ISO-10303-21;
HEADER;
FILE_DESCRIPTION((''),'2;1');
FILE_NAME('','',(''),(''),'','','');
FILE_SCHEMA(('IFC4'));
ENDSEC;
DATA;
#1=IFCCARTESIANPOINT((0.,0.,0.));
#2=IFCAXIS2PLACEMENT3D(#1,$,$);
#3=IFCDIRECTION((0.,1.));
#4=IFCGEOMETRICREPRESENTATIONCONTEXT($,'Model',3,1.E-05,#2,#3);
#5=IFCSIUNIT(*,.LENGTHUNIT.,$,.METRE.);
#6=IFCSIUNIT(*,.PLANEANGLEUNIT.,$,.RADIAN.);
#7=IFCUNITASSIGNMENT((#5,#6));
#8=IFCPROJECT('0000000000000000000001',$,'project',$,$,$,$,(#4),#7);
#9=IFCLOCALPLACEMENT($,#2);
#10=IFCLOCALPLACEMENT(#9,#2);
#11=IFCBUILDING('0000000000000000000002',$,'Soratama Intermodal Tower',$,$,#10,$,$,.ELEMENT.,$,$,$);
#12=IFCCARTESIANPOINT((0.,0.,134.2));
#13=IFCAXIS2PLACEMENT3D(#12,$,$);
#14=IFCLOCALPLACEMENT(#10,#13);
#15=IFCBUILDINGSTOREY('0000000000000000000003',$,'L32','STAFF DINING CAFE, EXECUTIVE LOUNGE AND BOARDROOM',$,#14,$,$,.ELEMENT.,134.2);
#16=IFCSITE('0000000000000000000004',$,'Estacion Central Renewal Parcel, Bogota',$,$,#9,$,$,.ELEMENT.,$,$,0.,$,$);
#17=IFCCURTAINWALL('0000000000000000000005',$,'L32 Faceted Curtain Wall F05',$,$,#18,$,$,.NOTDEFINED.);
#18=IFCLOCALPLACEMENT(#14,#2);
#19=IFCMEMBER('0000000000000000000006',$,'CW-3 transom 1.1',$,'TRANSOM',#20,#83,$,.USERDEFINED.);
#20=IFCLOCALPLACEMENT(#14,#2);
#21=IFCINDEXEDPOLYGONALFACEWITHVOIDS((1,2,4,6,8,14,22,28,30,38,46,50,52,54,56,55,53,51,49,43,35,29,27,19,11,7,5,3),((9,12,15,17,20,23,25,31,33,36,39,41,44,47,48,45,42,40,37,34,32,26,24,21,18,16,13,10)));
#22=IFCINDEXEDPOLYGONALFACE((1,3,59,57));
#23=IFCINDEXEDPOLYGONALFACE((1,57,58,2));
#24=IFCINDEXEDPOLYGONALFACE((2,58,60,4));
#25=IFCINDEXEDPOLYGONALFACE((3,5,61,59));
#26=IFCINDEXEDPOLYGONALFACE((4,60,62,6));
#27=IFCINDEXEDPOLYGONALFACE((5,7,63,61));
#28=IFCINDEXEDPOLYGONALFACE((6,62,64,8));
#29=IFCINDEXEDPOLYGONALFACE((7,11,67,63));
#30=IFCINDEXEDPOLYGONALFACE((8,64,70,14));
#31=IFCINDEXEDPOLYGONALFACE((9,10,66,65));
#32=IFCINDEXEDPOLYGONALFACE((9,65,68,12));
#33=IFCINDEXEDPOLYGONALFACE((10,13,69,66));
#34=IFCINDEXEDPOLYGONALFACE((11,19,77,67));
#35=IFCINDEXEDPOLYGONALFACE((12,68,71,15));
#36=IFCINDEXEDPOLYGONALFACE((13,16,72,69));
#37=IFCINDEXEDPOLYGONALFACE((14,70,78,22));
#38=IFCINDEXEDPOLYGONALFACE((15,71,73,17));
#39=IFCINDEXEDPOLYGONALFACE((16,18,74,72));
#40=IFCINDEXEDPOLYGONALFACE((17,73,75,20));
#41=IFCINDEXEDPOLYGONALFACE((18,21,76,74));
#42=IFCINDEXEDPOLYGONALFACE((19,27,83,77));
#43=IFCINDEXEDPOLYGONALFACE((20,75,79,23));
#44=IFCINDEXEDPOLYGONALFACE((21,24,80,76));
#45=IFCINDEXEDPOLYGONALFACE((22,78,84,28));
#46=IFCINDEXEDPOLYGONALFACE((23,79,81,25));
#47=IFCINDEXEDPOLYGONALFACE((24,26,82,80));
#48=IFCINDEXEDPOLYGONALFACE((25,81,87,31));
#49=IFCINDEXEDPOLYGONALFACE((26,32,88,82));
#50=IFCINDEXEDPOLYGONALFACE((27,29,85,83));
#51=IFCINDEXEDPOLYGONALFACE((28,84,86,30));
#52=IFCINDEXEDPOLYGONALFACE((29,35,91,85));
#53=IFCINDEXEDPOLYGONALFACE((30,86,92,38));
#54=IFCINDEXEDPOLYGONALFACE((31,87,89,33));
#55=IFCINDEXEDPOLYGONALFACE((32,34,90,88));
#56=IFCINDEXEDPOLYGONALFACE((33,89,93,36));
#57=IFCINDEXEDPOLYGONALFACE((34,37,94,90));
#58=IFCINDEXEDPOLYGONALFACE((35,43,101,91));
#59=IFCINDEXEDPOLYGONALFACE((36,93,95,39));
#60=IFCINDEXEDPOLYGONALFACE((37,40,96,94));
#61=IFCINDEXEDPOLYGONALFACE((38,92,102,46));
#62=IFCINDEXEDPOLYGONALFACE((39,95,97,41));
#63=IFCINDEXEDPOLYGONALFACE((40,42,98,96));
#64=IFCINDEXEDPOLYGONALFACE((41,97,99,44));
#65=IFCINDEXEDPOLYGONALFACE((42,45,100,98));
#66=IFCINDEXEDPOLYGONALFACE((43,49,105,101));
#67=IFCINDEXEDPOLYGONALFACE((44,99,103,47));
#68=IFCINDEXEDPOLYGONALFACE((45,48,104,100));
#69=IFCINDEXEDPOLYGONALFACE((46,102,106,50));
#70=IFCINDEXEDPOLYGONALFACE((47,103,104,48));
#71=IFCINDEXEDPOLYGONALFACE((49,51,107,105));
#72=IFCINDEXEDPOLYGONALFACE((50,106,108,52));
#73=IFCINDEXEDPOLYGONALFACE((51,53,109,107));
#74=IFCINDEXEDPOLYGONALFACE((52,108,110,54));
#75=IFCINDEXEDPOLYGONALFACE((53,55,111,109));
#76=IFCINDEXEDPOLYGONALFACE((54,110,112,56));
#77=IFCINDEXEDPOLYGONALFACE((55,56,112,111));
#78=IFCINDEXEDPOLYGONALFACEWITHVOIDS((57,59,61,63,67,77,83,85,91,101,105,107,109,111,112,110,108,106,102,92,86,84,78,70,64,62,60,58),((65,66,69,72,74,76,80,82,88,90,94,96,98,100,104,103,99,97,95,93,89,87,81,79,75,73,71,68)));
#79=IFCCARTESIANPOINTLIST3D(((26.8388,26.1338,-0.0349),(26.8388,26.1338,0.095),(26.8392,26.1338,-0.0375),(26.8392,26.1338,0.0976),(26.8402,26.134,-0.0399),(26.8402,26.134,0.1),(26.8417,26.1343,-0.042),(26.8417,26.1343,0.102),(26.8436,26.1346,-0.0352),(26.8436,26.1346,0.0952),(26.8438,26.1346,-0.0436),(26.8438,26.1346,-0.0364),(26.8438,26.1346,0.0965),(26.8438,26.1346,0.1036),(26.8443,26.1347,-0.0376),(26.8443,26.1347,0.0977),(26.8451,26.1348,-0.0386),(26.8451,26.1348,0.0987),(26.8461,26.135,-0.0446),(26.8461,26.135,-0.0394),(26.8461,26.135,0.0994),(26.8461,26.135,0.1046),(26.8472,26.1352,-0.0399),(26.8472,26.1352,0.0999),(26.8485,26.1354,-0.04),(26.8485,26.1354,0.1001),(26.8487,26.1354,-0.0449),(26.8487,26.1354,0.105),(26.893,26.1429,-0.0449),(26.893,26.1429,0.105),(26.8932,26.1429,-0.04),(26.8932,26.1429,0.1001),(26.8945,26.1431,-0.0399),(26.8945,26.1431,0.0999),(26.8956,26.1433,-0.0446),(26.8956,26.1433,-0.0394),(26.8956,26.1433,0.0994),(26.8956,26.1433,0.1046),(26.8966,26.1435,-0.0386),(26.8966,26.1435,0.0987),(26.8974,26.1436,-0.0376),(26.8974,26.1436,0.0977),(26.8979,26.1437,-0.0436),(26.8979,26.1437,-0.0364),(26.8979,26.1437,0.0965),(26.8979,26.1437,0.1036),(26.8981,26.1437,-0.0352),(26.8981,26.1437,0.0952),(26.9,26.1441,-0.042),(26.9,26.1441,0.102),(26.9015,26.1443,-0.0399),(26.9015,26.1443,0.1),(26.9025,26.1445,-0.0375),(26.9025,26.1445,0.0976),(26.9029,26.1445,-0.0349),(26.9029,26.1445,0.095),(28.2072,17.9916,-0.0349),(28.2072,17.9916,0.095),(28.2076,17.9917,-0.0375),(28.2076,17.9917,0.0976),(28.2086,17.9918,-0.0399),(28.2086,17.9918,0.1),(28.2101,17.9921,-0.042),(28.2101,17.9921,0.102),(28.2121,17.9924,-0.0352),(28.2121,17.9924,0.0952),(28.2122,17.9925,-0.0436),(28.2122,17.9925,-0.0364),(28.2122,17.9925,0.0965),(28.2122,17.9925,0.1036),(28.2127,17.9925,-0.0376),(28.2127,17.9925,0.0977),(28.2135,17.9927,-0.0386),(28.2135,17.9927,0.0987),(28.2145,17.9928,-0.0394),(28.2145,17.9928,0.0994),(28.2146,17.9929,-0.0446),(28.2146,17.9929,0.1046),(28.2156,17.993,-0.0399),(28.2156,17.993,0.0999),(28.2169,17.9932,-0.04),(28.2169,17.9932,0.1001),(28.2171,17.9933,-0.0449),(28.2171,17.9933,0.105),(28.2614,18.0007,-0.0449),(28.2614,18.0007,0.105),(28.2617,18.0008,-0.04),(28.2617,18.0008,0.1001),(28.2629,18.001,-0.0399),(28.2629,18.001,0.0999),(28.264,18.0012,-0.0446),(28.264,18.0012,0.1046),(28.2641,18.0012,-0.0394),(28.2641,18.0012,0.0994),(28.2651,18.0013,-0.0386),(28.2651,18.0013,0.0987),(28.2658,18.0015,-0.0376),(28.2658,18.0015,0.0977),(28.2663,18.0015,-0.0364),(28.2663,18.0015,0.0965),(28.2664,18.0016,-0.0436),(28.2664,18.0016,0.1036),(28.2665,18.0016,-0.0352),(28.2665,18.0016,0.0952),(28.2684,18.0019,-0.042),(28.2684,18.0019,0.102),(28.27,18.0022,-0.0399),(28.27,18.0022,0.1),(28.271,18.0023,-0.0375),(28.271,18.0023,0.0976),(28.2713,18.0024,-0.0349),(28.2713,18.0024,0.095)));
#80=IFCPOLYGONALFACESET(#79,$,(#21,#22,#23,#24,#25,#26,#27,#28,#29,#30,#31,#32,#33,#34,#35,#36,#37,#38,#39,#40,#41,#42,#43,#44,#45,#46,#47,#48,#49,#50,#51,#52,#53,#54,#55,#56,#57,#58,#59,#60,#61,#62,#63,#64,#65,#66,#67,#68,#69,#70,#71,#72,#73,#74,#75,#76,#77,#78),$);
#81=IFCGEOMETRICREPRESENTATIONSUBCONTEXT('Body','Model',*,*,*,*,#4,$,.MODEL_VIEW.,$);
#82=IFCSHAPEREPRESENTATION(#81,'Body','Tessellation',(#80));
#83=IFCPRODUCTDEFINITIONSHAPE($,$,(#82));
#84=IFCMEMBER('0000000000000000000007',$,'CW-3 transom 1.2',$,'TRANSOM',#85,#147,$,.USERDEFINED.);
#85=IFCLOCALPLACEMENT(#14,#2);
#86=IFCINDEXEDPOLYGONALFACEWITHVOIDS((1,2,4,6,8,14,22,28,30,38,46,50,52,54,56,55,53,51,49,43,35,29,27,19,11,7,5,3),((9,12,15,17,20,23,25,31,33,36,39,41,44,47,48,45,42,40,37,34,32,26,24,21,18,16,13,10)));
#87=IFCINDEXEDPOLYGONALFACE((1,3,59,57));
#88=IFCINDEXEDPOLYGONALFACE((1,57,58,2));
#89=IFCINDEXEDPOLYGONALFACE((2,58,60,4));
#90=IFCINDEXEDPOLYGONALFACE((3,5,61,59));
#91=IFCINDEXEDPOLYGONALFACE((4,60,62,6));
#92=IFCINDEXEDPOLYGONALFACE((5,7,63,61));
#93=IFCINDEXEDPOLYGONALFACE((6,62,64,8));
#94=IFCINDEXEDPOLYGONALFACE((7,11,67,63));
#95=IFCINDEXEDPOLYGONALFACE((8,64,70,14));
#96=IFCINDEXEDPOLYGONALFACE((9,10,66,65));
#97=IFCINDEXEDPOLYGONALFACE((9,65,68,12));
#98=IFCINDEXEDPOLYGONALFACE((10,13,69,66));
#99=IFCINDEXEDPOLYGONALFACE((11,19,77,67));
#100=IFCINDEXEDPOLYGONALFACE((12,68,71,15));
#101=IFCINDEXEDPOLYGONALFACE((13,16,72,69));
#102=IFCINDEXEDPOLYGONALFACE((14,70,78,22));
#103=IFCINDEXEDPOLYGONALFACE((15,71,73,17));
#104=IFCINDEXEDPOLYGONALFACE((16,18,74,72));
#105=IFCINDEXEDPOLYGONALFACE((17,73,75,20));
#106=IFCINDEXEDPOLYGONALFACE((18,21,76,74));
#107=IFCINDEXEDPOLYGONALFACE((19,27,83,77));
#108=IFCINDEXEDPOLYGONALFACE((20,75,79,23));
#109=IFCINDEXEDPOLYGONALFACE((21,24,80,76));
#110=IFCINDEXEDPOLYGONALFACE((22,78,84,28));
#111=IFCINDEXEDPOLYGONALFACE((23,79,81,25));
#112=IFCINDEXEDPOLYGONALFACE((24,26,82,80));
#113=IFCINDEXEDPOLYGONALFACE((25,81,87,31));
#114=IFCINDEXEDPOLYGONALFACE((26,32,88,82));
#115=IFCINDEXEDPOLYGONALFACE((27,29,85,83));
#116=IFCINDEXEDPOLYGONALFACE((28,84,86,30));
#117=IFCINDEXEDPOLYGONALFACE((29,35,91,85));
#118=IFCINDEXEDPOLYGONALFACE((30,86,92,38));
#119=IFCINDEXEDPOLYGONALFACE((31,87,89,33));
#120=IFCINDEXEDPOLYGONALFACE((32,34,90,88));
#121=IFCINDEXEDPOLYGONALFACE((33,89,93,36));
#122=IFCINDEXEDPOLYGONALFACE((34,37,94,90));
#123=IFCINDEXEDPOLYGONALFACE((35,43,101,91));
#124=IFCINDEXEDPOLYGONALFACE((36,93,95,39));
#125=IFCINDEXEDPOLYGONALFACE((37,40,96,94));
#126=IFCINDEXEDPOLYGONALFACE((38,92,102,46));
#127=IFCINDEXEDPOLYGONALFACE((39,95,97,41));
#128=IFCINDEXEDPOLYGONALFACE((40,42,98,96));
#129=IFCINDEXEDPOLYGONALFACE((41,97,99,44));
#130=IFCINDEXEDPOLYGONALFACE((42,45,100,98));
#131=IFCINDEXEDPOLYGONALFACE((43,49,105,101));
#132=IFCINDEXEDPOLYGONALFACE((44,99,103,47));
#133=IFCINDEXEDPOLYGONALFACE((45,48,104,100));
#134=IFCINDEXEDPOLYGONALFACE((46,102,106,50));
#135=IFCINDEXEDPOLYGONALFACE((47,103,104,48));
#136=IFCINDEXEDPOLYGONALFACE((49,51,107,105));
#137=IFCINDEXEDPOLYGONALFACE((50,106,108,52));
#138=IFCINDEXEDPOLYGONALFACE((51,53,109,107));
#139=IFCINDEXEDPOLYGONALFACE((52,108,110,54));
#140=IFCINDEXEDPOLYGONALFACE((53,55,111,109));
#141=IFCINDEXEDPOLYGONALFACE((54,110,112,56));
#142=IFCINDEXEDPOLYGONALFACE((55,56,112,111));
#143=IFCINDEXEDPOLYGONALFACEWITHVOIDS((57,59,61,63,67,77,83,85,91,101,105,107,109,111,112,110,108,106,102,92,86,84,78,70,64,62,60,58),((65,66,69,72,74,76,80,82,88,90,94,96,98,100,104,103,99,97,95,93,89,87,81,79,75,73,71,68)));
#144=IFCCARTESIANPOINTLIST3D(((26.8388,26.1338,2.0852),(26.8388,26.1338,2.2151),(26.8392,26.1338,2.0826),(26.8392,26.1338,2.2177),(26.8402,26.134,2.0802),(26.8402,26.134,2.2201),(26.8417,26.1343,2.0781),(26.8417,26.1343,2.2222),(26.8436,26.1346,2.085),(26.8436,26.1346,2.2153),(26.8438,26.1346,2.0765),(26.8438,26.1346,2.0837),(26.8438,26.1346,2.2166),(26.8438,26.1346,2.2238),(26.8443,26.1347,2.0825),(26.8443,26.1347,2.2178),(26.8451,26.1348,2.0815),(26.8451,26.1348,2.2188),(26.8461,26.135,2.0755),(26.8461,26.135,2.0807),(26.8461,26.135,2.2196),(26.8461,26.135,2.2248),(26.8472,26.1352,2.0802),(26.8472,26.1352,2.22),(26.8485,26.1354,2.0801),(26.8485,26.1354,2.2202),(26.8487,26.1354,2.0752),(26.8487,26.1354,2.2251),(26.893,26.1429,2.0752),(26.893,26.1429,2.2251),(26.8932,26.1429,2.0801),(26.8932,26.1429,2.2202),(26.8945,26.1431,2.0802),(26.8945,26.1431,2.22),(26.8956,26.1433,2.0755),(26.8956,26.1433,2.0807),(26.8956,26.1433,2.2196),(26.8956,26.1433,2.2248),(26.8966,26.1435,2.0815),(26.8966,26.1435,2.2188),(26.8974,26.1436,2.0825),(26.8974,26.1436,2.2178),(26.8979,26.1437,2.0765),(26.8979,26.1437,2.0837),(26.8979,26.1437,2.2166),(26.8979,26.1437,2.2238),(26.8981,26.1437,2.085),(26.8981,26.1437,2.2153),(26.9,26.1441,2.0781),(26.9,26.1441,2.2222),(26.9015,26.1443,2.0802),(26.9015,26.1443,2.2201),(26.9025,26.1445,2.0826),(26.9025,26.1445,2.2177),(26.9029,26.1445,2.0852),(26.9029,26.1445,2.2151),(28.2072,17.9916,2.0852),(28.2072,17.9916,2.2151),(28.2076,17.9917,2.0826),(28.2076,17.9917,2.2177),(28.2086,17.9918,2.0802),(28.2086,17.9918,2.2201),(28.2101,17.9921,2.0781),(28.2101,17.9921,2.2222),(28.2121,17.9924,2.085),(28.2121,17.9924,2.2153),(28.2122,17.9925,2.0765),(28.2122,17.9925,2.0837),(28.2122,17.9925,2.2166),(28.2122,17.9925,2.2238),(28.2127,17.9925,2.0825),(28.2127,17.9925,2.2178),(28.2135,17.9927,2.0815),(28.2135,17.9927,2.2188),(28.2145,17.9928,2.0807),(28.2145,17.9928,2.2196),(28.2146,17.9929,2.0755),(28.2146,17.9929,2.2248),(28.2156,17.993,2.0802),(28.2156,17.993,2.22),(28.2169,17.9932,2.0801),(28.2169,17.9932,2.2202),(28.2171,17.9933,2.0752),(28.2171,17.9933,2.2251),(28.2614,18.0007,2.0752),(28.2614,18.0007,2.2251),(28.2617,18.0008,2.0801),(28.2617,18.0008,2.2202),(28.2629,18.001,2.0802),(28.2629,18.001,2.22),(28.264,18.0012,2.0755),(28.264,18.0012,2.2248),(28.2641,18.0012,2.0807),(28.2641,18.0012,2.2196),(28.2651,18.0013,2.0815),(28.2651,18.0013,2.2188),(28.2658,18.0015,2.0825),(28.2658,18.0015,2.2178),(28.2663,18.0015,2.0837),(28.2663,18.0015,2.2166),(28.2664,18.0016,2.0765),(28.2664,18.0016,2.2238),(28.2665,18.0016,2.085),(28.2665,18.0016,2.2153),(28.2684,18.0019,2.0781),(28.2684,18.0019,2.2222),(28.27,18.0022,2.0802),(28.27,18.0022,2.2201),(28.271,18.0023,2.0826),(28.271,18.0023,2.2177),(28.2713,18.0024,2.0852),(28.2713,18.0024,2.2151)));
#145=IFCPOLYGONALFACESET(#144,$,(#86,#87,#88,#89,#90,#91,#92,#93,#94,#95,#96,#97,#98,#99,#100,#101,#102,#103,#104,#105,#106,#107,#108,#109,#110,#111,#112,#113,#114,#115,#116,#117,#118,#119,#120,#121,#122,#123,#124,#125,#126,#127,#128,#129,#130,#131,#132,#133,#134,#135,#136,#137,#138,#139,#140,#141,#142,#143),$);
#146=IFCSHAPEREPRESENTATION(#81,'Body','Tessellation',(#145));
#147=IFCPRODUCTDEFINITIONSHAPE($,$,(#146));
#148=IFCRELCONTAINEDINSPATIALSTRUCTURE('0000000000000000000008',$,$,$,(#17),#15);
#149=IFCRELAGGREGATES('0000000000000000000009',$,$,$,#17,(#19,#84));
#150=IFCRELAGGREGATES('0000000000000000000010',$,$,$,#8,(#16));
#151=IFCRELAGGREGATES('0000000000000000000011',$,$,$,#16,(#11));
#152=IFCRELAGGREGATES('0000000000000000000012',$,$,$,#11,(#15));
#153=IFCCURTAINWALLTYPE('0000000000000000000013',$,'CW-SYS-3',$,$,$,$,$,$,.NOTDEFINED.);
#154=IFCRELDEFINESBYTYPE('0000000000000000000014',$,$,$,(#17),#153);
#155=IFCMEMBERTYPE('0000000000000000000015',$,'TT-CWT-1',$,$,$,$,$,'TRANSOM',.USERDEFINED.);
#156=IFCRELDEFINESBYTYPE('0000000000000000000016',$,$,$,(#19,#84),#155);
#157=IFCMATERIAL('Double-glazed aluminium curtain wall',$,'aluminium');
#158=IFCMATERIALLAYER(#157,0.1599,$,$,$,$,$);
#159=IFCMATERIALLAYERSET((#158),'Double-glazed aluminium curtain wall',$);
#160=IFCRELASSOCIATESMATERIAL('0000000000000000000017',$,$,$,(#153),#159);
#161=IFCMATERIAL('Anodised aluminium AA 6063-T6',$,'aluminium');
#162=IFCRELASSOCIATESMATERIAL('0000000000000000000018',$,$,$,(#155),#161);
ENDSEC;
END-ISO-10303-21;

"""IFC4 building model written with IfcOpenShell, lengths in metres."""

from ifc_helpers import new_model, si_unit, direction, frame, origin, origin_2d, place, context, subcontext, project, spatial, hollow_rectangle, extrude, material, layer, layer_set, material_profile, profile_set, type_object, element, aggregate, save


model = new_model("IFC4")

# Units and contexts
model_context = context("Model", 3, precision=1e-05, world=origin(), true_north=direction((0.0, 1.0)))
body_context = subcontext(model_context, "Body", "Model", "MODEL_VIEW")
ifc_project = project(units=[si_unit("LENGTHUNIT", "METRE"), si_unit("PLANEANGLEUNIT", "RADIAN")], contexts=[model_context])

# Site, building, storey
site_placement = place(None, origin())
site = spatial("IfcSite", under=ifc_project, at=site_placement, Name="Estacion Central Renewal Parcel, Bogota", CompositionType="ELEMENT", RefElevation=0.0)
building_placement = place(site_placement, origin())
building = spatial("IfcBuilding", under=site, at=building_placement, Name="Soratama Intermodal Tower", CompositionType="ELEMENT")
storey_placement = place(building_placement, frame((0.0, 0.0, 134.2)))
storey = spatial("IfcBuildingStorey", under=building, at=storey_placement, Name="L32", Description="STAFF DINING CAFE, EXECUTIVE LOUNGE AND BOARDROOM", CompositionType="ELEMENT", Elevation=134.2)

# Shared definitions
ifc_material_1 = material(Name="Double-glazed aluminium curtain wall", Category="aluminium")
ifc_layer_1 = layer(ifc_material_1, 0.1599)
ifc_layer_set_1 = layer_set([ifc_layer_1], Name="Double-glazed aluminium curtain wall")
curtain_wall_type = type_object("IfcCurtainWallType", Name="CW-SYS-3", PredefinedType="NOTDEFINED", material=ifc_layer_set_1)

# Curtain wall, members
curtain_wall_1_placement = place(storey_placement, origin())
curtain_wall_1 = element("IfcCurtainWall", 1, at=curtain_wall_1_placement, inside=storey, type_object=curtain_wall_type, Name="L32 Faceted Curtain Wall F05", PredefinedType="NOTDEFINED")
ifc_material_2 = material(Name="Anodised aluminium AA 6063-T6", Category="aluminium")
ifc_material_profile_1 = material_profile(ifc_material_2, hollow_rectangle(XDim=0.0649, YDim=0.1499, WallThickness=0.0049, InnerFilletRadius=0.0049, OuterFilletRadius=0.01, at=origin_2d()), Name="CWT150X65X5")
ifc_profile_set_1 = profile_set([ifc_material_profile_1], Name="Anodised aluminium AA 6063-T6")
member_type_1 = type_object("IfcMemberType", Name="TT-CWT-1", ElementType="TRANSOM", PredefinedType="USERDEFINED", material=ifc_profile_set_1)
member_1_placement = place(storey_placement, frame((26.8708, 26.1392, 0.03), z_axis=(0.165741, -0.986169, 0.0), x_axis=(0.986169, 0.165741, 0.0)))
member_1 = element("IfcMember", 2, at=member_1_placement, type_object=member_type_1, Name="CW-3 transom 1.1", ObjectType="TRANSOM", PredefinedType="USERDEFINED", context=body_context, shape_type="SweptSolid", body=[
    extrude(hollow_rectangle(XDim=0.0649, YDim=0.1499, WallThickness=0.0049, InnerFilletRadius=0.0049, OuterFilletRadius=0.01, at=origin_2d()), origin(), (0.0, 0.0, 1.0), 8.2563),
])
member_2_placement = place(storey_placement, frame((26.8708, 26.1392, 2.1501), z_axis=(0.165741, -0.986169, 0.0), x_axis=(0.986169, 0.165741, 0.0)))
member_2 = element("IfcMember", 3, at=member_2_placement, type_object=member_type_1, Name="CW-3 transom 1.2", ObjectType="TRANSOM", PredefinedType="USERDEFINED", context=body_context, shape_type="SweptSolid", body=[
    extrude(hollow_rectangle(XDim=0.0649, YDim=0.1499, WallThickness=0.0049, InnerFilletRadius=0.0049, OuterFilletRadius=0.01, at=origin_2d()), origin(), (0.0, 0.0, 1.0), 8.2563),
])
aggregate(curtain_wall_1, [member_1, member_2])

save(model, "model.ifc")
